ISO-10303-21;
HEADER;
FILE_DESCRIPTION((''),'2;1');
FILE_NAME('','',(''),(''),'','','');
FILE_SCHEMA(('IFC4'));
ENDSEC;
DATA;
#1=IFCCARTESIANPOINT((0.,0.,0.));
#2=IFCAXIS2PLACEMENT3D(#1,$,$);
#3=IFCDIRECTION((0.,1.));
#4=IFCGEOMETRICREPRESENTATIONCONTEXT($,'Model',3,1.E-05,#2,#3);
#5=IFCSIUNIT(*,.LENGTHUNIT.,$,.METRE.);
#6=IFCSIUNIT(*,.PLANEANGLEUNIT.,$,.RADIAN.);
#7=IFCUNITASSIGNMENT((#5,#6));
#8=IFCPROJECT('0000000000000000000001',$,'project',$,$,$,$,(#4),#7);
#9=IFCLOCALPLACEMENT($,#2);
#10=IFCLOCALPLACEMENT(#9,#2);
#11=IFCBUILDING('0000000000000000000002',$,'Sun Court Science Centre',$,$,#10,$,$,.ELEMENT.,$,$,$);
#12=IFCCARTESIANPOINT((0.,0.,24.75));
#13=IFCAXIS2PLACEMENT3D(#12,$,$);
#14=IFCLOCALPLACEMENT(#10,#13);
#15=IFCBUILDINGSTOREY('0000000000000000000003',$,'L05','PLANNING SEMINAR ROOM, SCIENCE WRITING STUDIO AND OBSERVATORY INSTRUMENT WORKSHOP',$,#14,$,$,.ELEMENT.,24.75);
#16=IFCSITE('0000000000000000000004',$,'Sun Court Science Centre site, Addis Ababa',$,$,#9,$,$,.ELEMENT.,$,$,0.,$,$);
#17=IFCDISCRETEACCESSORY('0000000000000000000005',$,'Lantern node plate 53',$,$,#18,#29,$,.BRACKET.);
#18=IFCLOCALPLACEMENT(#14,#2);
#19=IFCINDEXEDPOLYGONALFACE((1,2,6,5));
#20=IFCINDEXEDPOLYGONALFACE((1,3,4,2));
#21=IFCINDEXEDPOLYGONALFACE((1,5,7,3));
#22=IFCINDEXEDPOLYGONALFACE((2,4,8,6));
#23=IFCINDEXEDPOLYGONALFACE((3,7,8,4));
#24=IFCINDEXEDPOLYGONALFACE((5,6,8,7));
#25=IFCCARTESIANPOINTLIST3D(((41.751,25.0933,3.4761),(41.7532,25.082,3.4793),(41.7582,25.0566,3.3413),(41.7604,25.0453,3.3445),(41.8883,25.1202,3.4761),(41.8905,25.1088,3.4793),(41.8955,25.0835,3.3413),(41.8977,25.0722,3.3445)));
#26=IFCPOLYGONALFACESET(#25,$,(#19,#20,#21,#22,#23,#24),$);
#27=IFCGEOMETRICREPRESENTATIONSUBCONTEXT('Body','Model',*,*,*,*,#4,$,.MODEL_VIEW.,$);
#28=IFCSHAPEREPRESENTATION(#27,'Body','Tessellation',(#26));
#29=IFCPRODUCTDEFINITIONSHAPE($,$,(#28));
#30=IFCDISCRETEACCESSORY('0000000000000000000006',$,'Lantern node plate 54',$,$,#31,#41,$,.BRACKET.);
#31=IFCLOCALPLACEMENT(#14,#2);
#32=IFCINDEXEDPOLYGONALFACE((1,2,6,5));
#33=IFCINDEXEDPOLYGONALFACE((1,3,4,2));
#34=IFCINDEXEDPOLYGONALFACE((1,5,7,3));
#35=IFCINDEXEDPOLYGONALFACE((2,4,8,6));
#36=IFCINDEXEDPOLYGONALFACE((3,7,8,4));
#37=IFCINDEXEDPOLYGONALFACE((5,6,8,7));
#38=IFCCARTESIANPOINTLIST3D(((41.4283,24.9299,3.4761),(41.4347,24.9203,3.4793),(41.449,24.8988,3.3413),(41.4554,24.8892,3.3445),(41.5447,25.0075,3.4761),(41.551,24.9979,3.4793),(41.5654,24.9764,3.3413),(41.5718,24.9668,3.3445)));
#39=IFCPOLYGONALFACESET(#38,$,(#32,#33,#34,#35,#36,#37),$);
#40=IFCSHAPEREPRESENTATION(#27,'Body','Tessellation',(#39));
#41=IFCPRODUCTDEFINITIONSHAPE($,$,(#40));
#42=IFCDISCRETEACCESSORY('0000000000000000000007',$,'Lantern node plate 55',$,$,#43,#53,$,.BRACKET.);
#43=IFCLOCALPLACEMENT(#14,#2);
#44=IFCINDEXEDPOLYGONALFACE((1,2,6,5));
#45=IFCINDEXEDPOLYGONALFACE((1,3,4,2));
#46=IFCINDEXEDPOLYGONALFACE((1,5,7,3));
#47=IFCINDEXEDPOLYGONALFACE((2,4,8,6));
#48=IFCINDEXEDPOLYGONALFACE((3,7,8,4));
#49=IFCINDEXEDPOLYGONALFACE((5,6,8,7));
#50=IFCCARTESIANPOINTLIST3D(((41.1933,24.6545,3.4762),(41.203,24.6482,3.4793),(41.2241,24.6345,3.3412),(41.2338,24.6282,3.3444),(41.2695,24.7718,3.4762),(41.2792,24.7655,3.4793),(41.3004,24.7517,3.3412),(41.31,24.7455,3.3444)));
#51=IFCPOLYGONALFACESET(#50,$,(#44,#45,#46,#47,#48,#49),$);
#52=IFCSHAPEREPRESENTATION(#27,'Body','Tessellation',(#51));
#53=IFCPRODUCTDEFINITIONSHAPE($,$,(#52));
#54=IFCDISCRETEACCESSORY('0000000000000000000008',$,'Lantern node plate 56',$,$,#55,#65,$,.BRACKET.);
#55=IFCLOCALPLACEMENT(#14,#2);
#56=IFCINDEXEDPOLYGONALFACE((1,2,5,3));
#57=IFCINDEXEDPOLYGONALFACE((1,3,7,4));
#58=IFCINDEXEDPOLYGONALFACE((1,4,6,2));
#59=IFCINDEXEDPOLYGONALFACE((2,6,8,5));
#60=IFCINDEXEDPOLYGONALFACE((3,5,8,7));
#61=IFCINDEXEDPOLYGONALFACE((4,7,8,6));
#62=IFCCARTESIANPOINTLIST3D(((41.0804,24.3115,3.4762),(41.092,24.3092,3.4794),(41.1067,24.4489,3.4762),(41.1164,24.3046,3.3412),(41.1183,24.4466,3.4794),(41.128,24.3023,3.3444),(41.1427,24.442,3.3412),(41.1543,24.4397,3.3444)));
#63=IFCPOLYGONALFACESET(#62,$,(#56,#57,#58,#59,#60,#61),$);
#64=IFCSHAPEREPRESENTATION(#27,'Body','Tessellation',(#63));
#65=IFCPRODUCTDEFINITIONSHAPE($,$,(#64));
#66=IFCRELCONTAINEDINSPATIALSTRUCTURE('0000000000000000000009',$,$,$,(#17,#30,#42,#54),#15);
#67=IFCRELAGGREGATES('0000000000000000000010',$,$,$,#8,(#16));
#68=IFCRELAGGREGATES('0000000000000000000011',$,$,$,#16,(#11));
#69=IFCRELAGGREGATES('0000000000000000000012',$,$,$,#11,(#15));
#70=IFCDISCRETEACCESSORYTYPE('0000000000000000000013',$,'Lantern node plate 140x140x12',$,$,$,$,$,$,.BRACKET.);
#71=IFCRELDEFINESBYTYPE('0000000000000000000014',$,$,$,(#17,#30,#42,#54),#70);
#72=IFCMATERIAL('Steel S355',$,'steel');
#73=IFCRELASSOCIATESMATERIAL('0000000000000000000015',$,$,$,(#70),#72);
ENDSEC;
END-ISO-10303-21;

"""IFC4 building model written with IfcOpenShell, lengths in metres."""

from ifc_helpers import new_model, si_unit, direction, frame, origin, origin_2d, place, context, subcontext, project, spatial, rectangle, extrude, material, material_profile, profile_set, type_object, element, save


model = new_model("IFC4")

# Units and contexts
model_context = context("Model", 3, precision=1e-05, world=origin(), true_north=direction((0.0, 1.0)))
body_context = subcontext(model_context, "Body", "Model", "MODEL_VIEW")
ifc_project = project(units=[si_unit("LENGTHUNIT", "METRE"), si_unit("PLANEANGLEUNIT", "RADIAN")], contexts=[model_context])

# Site, building, storey
site_placement = place(None, origin())
site = spatial("IfcSite", under=ifc_project, at=site_placement, Name="Sun Court Science Centre site, Addis Ababa", CompositionType="ELEMENT", RefElevation=0.0)
building_placement = place(site_placement, origin())
building = spatial("IfcBuilding", under=site, at=building_placement, Name="Sun Court Science Centre", CompositionType="ELEMENT")
storey_placement = place(building_placement, frame((0.0, 0.0, 24.75)))
storey = spatial("IfcBuildingStorey", under=building, at=storey_placement, Name="L05", Description="PLANNING SEMINAR ROOM, SCIENCE WRITING STUDIO AND OBSERVATORY INSTRUMENT WORKSHOP", CompositionType="ELEMENT", Elevation=24.75)

# Discrete accessories
ifc_material_1 = material(Name="Steel S355", Category="steel")
ifc_material_profile_1 = material_profile(ifc_material_1, rectangle(XDim=0.1399, YDim=0.1399, at=origin_2d()), Name="PL 140x140")
ifc_profile_set_1 = profile_set([ifc_material_profile_1], Name="Steel S355")
discrete_accessory_type_1 = type_object("IfcDiscreteAccessoryType", Name="Lantern node plate 140x140x12", PredefinedType="BRACKET", material=ifc_profile_set_1)
for number, where, z_axis, x_axis, name in (
    (1, (41.8232, 25.0884, 3.4087), (0.185027, -0.945694, 0.267261), (0.981393, 0.192012, 0.0), "Lantern node plate 53"),
    (2, (41.4968, 24.9531, 3.4087), (0.534522, -0.801784, 0.267261), (0.83205, 0.5547, 0.0), "Lantern node plate 54"),
    (3, (41.2468, 24.7031, 3.4087), (0.808948, -0.525816, 0.262908), (0.544988, 0.838444, 0.0), "Lantern node plate 55"),
):
    element("IfcDiscreteAccessory", number, at=place(storey_placement, frame(where, z_axis=z_axis, x_axis=x_axis)), inside=storey, type_object=discrete_accessory_type_1, Name=name, PredefinedType="BRACKET", context=body_context, shape_type="SweptSolid", body=[
        extrude(rectangle(XDim=0.1399, YDim=0.1399, at=origin_2d()), origin(), (0.0, 0.0, 1.0), 0.012),
    ])
discrete_accessory_1_placement = place(storey_placement, frame((41.1116, 24.3767, 3.4087), z_axis=(0.947804, -0.181494, 0.262159), x_axis=(0.188072, 0.982155, 0.0)))
element("IfcDiscreteAccessory", 4, at=discrete_accessory_1_placement, inside=storey, type_object=discrete_accessory_type_1, Name="Lantern node plate 56", PredefinedType="BRACKET", context=body_context, shape_type="SweptSolid", body=[
    extrude(rectangle(XDim=0.1399, YDim=0.1399, at=origin_2d()), origin(), (0.0, 0.0, 1.0), 0.0122),
])

save(model, "model.ifc")
